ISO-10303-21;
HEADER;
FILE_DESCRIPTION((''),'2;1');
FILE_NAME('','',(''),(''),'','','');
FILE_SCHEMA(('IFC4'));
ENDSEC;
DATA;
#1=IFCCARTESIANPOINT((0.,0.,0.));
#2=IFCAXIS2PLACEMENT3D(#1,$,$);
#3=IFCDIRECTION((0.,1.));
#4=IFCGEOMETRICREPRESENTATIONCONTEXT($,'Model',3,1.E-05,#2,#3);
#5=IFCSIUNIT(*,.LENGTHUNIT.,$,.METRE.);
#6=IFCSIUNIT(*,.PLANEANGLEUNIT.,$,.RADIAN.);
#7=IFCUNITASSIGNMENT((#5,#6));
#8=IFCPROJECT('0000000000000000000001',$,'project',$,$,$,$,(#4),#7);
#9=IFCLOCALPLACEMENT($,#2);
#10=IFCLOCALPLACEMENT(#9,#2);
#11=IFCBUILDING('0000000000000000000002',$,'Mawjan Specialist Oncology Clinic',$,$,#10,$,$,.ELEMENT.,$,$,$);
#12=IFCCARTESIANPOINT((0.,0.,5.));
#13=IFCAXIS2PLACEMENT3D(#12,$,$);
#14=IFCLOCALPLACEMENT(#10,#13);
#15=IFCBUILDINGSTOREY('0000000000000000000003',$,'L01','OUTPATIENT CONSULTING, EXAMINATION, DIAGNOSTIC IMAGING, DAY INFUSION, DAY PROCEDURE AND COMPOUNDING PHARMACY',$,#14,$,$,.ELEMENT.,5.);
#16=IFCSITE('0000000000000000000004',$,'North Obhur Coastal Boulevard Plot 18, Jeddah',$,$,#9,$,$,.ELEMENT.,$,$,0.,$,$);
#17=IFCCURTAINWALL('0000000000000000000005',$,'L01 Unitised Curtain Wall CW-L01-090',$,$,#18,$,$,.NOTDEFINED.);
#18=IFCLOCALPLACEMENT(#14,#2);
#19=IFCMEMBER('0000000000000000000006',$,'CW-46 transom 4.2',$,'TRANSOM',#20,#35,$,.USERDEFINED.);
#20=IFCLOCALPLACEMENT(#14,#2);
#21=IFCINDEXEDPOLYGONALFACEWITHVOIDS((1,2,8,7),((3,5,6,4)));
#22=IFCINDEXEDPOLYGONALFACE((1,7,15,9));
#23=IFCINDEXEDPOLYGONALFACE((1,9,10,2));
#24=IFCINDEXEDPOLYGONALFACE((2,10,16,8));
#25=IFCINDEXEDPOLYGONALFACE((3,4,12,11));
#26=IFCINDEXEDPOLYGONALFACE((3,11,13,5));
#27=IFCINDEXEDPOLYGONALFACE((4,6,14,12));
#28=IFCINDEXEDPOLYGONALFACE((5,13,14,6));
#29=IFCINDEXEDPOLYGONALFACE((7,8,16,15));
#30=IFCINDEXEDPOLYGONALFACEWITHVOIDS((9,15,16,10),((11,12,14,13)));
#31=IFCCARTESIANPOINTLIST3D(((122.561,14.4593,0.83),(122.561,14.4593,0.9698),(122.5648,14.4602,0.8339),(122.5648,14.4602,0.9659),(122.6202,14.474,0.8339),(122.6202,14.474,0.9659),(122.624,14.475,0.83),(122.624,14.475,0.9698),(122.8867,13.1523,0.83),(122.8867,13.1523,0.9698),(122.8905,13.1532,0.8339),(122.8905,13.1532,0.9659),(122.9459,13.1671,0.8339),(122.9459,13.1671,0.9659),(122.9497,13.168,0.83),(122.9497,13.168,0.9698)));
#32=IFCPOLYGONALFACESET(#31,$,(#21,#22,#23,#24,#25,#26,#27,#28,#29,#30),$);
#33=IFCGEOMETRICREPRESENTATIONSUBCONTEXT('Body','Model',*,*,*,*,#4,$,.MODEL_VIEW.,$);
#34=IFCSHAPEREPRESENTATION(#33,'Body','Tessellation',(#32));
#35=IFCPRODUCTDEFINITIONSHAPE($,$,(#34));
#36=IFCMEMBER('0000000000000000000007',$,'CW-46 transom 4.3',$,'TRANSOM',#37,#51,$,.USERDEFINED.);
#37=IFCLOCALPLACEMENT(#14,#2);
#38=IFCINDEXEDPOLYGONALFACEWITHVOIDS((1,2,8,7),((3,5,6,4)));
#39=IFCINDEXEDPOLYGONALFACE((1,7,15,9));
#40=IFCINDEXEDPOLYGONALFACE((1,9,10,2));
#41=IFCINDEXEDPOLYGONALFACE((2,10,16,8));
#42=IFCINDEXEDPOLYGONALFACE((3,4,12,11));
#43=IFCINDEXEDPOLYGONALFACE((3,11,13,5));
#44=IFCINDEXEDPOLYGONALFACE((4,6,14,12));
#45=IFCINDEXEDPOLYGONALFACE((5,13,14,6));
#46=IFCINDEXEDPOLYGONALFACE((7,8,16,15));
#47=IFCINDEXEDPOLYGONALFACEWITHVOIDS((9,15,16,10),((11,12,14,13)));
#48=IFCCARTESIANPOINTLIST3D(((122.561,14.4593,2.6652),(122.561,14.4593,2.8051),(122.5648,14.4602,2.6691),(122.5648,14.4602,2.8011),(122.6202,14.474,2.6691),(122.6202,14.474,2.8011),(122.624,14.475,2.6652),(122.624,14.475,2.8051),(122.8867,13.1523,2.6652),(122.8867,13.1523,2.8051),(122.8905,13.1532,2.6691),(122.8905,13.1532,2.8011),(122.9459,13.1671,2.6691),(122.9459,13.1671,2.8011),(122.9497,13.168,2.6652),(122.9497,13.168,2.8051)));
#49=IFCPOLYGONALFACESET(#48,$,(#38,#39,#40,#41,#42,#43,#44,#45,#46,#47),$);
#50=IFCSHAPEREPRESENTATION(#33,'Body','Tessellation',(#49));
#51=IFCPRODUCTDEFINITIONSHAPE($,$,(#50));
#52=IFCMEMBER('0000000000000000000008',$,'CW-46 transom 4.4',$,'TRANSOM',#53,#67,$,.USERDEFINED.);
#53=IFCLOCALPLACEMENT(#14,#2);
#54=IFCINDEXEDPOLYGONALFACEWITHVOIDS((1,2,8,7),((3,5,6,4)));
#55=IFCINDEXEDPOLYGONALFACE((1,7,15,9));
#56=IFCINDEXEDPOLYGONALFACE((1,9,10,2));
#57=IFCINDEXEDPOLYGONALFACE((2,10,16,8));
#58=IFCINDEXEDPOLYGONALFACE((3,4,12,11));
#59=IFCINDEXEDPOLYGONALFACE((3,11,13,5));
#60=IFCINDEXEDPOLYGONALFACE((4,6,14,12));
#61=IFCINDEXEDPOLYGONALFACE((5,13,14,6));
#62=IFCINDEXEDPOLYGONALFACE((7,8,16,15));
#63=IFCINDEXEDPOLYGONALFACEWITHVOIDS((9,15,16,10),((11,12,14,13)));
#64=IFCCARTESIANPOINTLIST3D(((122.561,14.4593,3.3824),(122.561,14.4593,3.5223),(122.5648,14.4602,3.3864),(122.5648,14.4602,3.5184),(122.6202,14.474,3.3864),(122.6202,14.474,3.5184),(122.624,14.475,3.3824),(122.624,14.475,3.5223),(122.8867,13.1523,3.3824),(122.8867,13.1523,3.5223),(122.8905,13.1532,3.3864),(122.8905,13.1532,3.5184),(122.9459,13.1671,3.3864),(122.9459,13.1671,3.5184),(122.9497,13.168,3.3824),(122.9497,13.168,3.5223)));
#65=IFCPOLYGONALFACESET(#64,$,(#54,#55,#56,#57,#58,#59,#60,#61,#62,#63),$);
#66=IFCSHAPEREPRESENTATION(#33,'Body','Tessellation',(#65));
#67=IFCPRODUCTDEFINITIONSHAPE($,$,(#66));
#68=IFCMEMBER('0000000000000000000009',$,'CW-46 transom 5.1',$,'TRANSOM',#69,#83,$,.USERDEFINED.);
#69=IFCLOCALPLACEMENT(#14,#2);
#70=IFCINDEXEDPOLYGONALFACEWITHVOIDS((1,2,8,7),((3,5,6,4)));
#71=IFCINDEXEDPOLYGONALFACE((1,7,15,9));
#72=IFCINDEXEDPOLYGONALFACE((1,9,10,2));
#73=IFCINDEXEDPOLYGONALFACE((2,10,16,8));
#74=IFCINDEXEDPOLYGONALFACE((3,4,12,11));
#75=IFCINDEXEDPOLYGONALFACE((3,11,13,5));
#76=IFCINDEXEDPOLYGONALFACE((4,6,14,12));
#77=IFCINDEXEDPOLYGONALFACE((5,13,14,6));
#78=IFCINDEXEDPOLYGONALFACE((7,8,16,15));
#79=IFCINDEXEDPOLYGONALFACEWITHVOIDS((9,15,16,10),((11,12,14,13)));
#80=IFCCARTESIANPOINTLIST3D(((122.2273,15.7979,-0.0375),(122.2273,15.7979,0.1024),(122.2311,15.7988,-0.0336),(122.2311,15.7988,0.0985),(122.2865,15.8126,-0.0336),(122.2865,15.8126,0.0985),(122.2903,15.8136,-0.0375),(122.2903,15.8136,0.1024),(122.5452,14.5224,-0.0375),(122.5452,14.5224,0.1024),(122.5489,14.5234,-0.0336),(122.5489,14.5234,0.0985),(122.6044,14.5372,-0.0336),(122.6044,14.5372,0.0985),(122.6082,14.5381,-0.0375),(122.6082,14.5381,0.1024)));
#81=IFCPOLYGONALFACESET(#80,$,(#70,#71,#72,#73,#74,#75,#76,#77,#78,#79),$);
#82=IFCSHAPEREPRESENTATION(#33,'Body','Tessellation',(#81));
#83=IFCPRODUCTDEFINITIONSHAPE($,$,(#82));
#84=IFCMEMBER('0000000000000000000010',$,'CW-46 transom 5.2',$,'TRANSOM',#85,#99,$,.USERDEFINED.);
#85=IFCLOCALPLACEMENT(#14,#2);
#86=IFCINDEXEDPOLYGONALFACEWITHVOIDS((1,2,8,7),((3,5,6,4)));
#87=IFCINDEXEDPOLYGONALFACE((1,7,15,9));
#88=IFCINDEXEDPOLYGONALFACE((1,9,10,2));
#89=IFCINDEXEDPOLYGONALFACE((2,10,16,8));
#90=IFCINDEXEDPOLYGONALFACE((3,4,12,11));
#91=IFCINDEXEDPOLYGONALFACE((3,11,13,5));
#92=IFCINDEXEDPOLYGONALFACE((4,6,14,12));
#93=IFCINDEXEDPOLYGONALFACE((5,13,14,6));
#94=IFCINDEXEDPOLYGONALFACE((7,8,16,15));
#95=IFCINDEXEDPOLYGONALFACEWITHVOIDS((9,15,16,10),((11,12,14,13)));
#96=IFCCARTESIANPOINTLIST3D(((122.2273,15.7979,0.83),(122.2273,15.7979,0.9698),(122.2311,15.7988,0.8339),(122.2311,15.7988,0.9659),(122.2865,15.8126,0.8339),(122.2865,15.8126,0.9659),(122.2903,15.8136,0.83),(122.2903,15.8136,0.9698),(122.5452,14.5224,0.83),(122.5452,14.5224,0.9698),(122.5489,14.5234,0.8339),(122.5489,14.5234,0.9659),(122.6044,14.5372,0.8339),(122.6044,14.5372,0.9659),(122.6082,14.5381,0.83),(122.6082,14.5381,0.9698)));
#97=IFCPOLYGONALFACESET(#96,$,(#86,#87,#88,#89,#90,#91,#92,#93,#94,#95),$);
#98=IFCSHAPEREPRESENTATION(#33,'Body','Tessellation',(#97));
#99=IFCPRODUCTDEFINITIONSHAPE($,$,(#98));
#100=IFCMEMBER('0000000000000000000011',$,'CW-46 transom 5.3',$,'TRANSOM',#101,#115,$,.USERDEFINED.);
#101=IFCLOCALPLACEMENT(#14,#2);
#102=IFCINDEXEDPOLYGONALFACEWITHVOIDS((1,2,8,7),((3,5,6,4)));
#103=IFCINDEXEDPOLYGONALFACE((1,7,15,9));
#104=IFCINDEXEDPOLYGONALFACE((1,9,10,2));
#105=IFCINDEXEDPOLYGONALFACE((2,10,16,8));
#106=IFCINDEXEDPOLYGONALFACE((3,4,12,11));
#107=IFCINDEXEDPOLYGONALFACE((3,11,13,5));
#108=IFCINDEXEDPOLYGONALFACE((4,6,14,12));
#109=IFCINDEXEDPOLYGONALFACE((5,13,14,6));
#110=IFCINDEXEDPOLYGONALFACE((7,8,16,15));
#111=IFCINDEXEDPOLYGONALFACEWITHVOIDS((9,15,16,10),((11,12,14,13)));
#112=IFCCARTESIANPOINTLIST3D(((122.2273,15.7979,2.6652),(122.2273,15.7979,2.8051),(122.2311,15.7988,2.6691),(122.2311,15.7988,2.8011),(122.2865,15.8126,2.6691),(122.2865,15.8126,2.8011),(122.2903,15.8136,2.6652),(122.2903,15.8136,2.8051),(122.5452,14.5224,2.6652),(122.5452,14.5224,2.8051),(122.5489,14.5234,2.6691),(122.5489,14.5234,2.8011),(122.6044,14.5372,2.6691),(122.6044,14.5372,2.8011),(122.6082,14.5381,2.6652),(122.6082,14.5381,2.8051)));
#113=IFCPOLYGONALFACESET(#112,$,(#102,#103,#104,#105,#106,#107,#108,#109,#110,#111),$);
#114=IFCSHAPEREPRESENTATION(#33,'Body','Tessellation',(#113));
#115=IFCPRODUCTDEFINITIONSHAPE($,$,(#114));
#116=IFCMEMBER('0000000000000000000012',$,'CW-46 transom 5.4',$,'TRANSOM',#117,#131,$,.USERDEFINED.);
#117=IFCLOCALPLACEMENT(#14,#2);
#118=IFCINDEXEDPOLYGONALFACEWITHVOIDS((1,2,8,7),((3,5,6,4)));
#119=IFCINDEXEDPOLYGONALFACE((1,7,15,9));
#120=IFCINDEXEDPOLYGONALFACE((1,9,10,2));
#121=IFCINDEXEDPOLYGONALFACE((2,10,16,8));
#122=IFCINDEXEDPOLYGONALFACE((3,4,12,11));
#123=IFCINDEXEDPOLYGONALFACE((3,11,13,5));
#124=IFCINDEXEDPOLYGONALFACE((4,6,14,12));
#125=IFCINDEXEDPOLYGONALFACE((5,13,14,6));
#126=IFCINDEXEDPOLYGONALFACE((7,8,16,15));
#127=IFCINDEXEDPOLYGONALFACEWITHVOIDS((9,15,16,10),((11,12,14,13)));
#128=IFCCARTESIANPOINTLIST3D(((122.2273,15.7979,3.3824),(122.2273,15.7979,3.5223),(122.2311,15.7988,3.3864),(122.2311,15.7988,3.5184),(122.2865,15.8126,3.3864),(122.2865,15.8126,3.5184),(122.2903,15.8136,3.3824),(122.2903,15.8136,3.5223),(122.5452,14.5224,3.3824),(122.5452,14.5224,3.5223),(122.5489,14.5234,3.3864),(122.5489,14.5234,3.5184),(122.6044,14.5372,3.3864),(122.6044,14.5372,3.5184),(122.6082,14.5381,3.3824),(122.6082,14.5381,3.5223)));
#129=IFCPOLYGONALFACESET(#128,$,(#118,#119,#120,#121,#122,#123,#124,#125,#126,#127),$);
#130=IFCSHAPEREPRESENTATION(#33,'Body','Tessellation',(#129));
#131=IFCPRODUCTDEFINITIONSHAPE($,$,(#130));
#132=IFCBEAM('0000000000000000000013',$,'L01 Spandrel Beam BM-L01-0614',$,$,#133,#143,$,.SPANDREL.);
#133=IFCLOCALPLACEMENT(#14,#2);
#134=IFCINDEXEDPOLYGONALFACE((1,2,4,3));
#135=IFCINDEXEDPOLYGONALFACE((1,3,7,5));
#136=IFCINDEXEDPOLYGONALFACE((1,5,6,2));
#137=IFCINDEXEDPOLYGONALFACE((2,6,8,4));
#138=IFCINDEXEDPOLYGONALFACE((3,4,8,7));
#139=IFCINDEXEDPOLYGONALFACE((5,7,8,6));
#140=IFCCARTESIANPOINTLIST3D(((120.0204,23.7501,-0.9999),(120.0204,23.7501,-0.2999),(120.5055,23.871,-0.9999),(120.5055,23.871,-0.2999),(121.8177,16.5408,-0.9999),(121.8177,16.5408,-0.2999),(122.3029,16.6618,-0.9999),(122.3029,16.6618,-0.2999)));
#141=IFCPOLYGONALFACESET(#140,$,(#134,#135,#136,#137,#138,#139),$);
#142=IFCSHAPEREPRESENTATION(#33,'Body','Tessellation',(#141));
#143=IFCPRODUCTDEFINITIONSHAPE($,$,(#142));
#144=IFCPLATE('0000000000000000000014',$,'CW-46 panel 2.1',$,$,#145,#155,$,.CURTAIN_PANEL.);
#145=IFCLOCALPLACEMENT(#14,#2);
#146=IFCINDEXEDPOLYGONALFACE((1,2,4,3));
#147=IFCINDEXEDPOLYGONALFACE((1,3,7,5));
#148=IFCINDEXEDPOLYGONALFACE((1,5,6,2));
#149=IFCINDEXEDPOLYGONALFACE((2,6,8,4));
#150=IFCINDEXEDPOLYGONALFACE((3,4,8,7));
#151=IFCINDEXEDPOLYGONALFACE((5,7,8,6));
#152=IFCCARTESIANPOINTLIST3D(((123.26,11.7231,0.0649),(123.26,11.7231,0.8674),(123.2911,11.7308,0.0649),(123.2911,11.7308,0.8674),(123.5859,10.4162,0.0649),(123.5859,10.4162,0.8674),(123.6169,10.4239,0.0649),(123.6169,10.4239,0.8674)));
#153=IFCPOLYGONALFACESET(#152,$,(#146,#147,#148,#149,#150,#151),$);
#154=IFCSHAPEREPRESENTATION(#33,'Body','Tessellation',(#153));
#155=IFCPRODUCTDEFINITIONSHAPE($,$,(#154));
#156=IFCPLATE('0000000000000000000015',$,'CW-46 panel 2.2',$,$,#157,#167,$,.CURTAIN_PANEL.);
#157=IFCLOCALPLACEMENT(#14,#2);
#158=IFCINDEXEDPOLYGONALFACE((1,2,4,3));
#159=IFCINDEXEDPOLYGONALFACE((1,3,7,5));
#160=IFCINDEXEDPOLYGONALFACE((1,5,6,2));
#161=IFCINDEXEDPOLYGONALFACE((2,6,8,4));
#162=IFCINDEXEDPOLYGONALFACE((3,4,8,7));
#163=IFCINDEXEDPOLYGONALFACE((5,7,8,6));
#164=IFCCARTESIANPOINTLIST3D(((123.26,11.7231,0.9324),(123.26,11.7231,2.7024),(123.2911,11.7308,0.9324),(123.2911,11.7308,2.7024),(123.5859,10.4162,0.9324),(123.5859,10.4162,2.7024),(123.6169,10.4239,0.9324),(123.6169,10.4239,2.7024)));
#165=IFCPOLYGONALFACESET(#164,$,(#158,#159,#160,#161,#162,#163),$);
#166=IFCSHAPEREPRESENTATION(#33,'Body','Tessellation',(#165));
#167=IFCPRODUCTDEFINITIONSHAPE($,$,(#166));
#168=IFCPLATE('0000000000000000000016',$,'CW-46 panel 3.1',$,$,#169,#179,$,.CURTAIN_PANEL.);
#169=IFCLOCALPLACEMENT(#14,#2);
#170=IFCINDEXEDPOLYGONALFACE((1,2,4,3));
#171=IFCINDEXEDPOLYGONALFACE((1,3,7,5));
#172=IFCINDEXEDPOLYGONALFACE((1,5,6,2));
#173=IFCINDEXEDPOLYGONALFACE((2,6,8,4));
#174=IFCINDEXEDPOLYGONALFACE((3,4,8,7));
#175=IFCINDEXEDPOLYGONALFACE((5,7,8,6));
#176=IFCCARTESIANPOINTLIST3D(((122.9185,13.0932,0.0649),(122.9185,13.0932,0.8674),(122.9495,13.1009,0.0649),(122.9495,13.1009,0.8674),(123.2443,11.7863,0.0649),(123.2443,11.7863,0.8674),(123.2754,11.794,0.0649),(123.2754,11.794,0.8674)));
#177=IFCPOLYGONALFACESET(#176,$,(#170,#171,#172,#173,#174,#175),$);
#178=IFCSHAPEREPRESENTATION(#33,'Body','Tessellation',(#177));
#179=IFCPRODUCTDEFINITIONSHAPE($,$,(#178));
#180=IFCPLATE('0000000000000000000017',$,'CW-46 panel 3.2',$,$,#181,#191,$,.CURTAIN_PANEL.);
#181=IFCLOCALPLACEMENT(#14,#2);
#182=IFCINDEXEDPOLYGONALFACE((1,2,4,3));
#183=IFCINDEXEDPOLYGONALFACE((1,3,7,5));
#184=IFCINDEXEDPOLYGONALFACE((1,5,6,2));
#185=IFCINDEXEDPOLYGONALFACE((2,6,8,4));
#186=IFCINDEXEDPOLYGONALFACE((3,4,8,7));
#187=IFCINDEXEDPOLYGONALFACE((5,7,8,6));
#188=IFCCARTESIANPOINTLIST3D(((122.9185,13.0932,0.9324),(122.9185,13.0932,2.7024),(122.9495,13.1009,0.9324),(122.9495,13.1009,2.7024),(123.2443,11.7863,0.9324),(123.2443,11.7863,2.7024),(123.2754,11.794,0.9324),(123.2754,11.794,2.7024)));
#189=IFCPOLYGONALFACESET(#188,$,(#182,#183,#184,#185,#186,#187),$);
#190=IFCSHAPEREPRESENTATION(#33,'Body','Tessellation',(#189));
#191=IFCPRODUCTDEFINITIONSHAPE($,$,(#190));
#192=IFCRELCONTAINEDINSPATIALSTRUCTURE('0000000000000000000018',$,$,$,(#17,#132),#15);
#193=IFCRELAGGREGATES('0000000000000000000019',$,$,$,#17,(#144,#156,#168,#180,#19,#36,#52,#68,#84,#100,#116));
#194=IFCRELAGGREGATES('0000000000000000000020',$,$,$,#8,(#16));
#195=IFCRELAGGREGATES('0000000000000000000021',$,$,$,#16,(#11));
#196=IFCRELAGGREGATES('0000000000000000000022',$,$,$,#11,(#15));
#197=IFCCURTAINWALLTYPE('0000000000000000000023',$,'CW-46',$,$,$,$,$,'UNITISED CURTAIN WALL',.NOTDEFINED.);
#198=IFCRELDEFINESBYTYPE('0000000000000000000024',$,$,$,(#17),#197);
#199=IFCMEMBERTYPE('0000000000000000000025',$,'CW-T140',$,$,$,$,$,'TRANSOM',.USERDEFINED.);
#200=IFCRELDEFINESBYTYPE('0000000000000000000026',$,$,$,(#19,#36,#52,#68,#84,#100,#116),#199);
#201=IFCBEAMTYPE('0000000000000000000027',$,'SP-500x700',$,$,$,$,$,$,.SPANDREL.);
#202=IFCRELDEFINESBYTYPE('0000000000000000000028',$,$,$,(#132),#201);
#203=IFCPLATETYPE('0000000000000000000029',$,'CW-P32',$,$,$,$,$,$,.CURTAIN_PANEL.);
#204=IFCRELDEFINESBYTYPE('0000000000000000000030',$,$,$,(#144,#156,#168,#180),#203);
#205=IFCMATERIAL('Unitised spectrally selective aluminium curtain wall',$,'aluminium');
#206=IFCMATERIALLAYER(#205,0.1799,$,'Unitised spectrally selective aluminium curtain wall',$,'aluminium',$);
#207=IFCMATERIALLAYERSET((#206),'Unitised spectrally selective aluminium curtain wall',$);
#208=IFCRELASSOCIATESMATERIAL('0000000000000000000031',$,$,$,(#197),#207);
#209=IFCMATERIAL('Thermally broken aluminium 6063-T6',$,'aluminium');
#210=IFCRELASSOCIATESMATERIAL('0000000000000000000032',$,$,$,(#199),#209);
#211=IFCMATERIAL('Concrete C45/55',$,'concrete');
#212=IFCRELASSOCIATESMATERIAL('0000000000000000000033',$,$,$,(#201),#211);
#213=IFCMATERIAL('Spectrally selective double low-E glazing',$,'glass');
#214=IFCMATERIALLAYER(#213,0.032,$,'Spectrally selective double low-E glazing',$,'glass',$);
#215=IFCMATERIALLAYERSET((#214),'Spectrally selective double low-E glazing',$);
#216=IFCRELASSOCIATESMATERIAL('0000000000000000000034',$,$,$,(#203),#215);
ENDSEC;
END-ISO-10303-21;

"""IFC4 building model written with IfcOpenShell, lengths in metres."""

from ifc_helpers import new_model, si_unit, direction, frame, origin, origin_2d, place, context, subcontext, project, spatial, rectangle, hollow_rectangle, extrude, material, layer, layer_set, material_profile, profile_set, type_object, element, aggregate, save


model = new_model("IFC4")

# Units and contexts
model_context = context("Model", 3, precision=1e-05, world=origin(), true_north=direction((0.0, 1.0)))
body_context = subcontext(model_context, "Body", "Model", "MODEL_VIEW")
ifc_project = project(units=[si_unit("LENGTHUNIT", "METRE"), si_unit("PLANEANGLEUNIT", "RADIAN")], contexts=[model_context])

# Site, building, storey
site_placement = place(None, origin())
site = spatial("IfcSite", under=ifc_project, at=site_placement, Name="North Obhur Coastal Boulevard Plot 18, Jeddah", CompositionType="ELEMENT", RefElevation=0.0)
building_placement = place(site_placement, origin())
building = spatial("IfcBuilding", under=site, at=building_placement, Name="Mawjan Specialist Oncology Clinic", CompositionType="ELEMENT")
storey_placement = place(building_placement, frame((0.0, 0.0, 5.0)))
storey = spatial("IfcBuildingStorey", under=building, at=storey_placement, Name="L01", Description="OUTPATIENT CONSULTING, EXAMINATION, DIAGNOSTIC IMAGING, DAY INFUSION, DAY PROCEDURE AND COMPOUNDING PHARMACY", CompositionType="ELEMENT", Elevation=5.0)

# Curtain wall, members
ifc_material_1 = material(Name="Unitised spectrally selective aluminium curtain wall", Category="aluminium")
ifc_layer_1 = layer(ifc_material_1, 0.1799, Name="Unitised spectrally selective aluminium curtain wall", Category="aluminium")
ifc_layer_set_1 = layer_set([ifc_layer_1], Name="Unitised spectrally selective aluminium curtain wall")
curtain_wall_type = type_object("IfcCurtainWallType", Name="CW-46", ElementType="UNITISED CURTAIN WALL", PredefinedType="NOTDEFINED", material=ifc_layer_set_1)
curtain_wall_placement = place(storey_placement, origin())
curtain_wall = element("IfcCurtainWall", 1, at=curtain_wall_placement, inside=storey, type_object=curtain_wall_type, Name="L01 Unitised Curtain Wall CW-L01-090", PredefinedType="NOTDEFINED")
ifc_material_2 = material(Name="Thermally broken aluminium 6063-T6", Category="aluminium")
ifc_material_profile_1 = material_profile(ifc_material_2, hollow_rectangle(XDim=0.0649, YDim=0.1399, WallThickness=0.0039, at=origin_2d()), Name="ALU TRANSOM 140x65x4", Category="aluminium")
ifc_profile_set_1 = profile_set([ifc_material_profile_1], Name="Thermally broken aluminium 6063-T6")
member_type_1 = type_object("IfcMemberType", Name="CW-T140", ElementType="TRANSOM", PredefinedType="USERDEFINED", material=ifc_profile_set_1)
member_1_placement = place(storey_placement, frame((122.9182, 13.1602, 0.8999), z_axis=(-0.24181, 0.970323, 0.0), x_axis=(-0.970323, -0.24181, 0.0)))
member_1 = element("IfcMember", 2, at=member_1_placement, type_object=member_type_1, Name="CW-46 transom 4.2", ObjectType="TRANSOM", PredefinedType="USERDEFINED", context=body_context, shape_type="SweptSolid", body=[
    extrude(hollow_rectangle(XDim=0.0649, YDim=0.1399, WallThickness=0.0039, at=origin_2d()), origin(), (0.0, 0.0, 1.0), 1.3469),
])
member_2_placement = place(storey_placement, frame((122.9182, 13.1602, 2.7351), z_axis=(-0.24181, 0.970323, 0.0), x_axis=(-0.970323, -0.24181, 0.0)))
member_2 = element("IfcMember", 3, at=member_2_placement, type_object=member_type_1, Name="CW-46 transom 4.3", ObjectType="TRANSOM", PredefinedType="USERDEFINED", context=body_context, shape_type="SweptSolid", body=[
    extrude(hollow_rectangle(XDim=0.0649, YDim=0.1399, WallThickness=0.0039, at=origin_2d()), origin(), (0.0, 0.0, 1.0), 1.3469),
])
member_3_placement = place(storey_placement, frame((122.9182, 13.1602, 3.4524), z_axis=(-0.24181, 0.970323, 0.0), x_axis=(-0.970323, -0.24181, 0.0)))
member_3 = element("IfcMember", 4, at=member_3_placement, type_object=member_type_1, Name="CW-46 transom 4.4", ObjectType="TRANSOM", PredefinedType="USERDEFINED", context=body_context, shape_type="SweptSolid", body=[
    extrude(hollow_rectangle(XDim=0.0649, YDim=0.1399, WallThickness=0.0039, at=origin_2d()), origin(), (0.0, 0.0, 1.0), 1.3469),
])
member_4_placement = place(storey_placement, frame((122.5767, 14.5303, 0.0325), z_axis=(-0.241836, 0.970317, 0.0), x_axis=(-0.970317, -0.241836, 0.0)))
member_4 = element("IfcMember", 5, at=member_4_placement, type_object=member_type_1, Name="CW-46 transom 5.1", ObjectType="TRANSOM", PredefinedType="USERDEFINED", context=body_context, shape_type="SweptSolid", body=[
    extrude(hollow_rectangle(XDim=0.0649, YDim=0.1399, WallThickness=0.0039, at=origin_2d()), origin(), (0.0, 0.0, 1.0), 1.3145),
])
member_5_placement = place(storey_placement, frame((122.5767, 14.5303, 0.8999), z_axis=(-0.241836, 0.970317, 0.0), x_axis=(-0.970317, -0.241836, 0.0)))
member_5 = element("IfcMember", 6, at=member_5_placement, type_object=member_type_1, Name="CW-46 transom 5.2", ObjectType="TRANSOM", PredefinedType="USERDEFINED", context=body_context, shape_type="SweptSolid", body=[
    extrude(hollow_rectangle(XDim=0.0649, YDim=0.1399, WallThickness=0.0039, at=origin_2d()), origin(), (0.0, 0.0, 1.0), 1.3145),
])
member_6_placement = place(storey_placement, frame((122.5767, 14.5303, 2.7351), z_axis=(-0.241836, 0.970317, 0.0), x_axis=(-0.970317, -0.241836, 0.0)))
member_6 = element("IfcMember", 7, at=member_6_placement, type_object=member_type_1, Name="CW-46 transom 5.3", ObjectType="TRANSOM", PredefinedType="USERDEFINED", context=body_context, shape_type="SweptSolid", body=[
    extrude(hollow_rectangle(XDim=0.0649, YDim=0.1399, WallThickness=0.0039, at=origin_2d()), origin(), (0.0, 0.0, 1.0), 1.3145),
])
member_7_placement = place(storey_placement, frame((122.5767, 14.5303, 3.4524), z_axis=(-0.241836, 0.970317, 0.0), x_axis=(-0.970317, -0.241836, 0.0)))
member_7 = element("IfcMember", 8, at=member_7_placement, type_object=member_type_1, Name="CW-46 transom 5.4", ObjectType="TRANSOM", PredefinedType="USERDEFINED", context=body_context, shape_type="SweptSolid", body=[
    extrude(hollow_rectangle(XDim=0.0649, YDim=0.1399, WallThickness=0.0039, at=origin_2d()), origin(), (0.0, 0.0, 1.0), 1.3145),
])

# Beam
ifc_material_3 = material(Name="Concrete C45/55", Category="concrete")
ifc_material_profile_2 = material_profile(ifc_material_3, rectangle(XDim=0.5, YDim=0.7, at=origin_2d()), Name="RC BM 500x700", Category="concrete")
ifc_profile_set_2 = profile_set([ifc_material_profile_2], Name="Concrete C45/55")
beam_type_1 = type_object("IfcBeamType", Name="SP-500x700", PredefinedType="SPANDREL", material=ifc_profile_set_2)
beam_1_placement = place(storey_placement, frame((122.0603, 16.6013, -0.6499), z_axis=(-0.241909, 0.970299, 0.0), x_axis=(-0.970299, -0.241909, 0.0)))
element("IfcBeam", 9, at=beam_1_placement, inside=storey, type_object=beam_type_1, Name="L01 Spandrel Beam BM-L01-0614", PredefinedType="SPANDREL", context=body_context, shape_type="SweptSolid", body=[
    extrude(rectangle(XDim=0.5, YDim=0.7, at=origin_2d()), origin(), (0.0, 0.0, 1.0), 7.4299),
])

# Plates
ifc_material_4 = material(Name="Spectrally selective double low-E glazing", Category="glass")
ifc_layer_2 = layer(ifc_material_4, 0.032, Name="Spectrally selective double low-E glazing", Category="glass")
ifc_layer_set_2 = layer_set([ifc_layer_2], Name="Spectrally selective double low-E glazing")
plate_type = type_object("IfcPlateType", Name="CW-P32", PredefinedType="CURTAIN_PANEL", material=ifc_layer_set_2)
plate_1_placement = place(storey_placement, frame((123.4385, 11.0735, 0.0649), z_axis=(0.0, 0.0, 1.0), x_axis=(-0.241922, 0.970296, 0.0)))
plate_1 = element("IfcPlate", 10, at=plate_1_placement, type_object=plate_type, Name="CW-46 panel 2.1", PredefinedType="CURTAIN_PANEL", context=body_context, shape_type="SweptSolid", body=[
    extrude(rectangle(XDim=1.3469, YDim=0.032, at=origin_2d()), origin(), (0.0, 0.0, 1.0), 0.8025),
])
plate_2_placement = place(storey_placement, frame((123.4385, 11.0735, 0.9324), z_axis=(0.0, 0.0, 1.0), x_axis=(-0.241922, 0.970296, 0.0)))
plate_2 = element("IfcPlate", 11, at=plate_2_placement, type_object=plate_type, Name="CW-46 panel 2.2", PredefinedType="CURTAIN_PANEL", context=body_context, shape_type="SweptSolid", body=[
    extrude(rectangle(XDim=1.3469, YDim=0.032, at=origin_2d()), origin(), (0.0, 0.0, 1.0), 1.77),
])
plate_3_placement = place(storey_placement, frame((123.0969, 12.4436, 0.0649), z_axis=(0.0, 0.0, 1.0), x_axis=(-0.241922, 0.970296, 0.0)))
plate_3 = element("IfcPlate", 12, at=plate_3_placement, type_object=plate_type, Name="CW-46 panel 3.1", PredefinedType="CURTAIN_PANEL", context=body_context, shape_type="SweptSolid", body=[
    extrude(rectangle(XDim=1.3469, YDim=0.032, at=origin_2d()), origin(), (0.0, 0.0, 1.0), 0.8025),
])
plate_4_placement = place(storey_placement, frame((123.0969, 12.4436, 0.9324), z_axis=(0.0, 0.0, 1.0), x_axis=(-0.241922, 0.970296, 0.0)))
plate_4 = element("IfcPlate", 13, at=plate_4_placement, type_object=plate_type, Name="CW-46 panel 3.2", PredefinedType="CURTAIN_PANEL", context=body_context, shape_type="SweptSolid", body=[
    extrude(rectangle(XDim=1.3469, YDim=0.032, at=origin_2d()), origin(), (0.0, 0.0, 1.0), 1.77),
])
aggregate(curtain_wall, [plate_1, plate_2, plate_3, plate_4, member_1, member_2, member_3, member_4, member_5, member_6, member_7])

save(model, "model.ifc")
